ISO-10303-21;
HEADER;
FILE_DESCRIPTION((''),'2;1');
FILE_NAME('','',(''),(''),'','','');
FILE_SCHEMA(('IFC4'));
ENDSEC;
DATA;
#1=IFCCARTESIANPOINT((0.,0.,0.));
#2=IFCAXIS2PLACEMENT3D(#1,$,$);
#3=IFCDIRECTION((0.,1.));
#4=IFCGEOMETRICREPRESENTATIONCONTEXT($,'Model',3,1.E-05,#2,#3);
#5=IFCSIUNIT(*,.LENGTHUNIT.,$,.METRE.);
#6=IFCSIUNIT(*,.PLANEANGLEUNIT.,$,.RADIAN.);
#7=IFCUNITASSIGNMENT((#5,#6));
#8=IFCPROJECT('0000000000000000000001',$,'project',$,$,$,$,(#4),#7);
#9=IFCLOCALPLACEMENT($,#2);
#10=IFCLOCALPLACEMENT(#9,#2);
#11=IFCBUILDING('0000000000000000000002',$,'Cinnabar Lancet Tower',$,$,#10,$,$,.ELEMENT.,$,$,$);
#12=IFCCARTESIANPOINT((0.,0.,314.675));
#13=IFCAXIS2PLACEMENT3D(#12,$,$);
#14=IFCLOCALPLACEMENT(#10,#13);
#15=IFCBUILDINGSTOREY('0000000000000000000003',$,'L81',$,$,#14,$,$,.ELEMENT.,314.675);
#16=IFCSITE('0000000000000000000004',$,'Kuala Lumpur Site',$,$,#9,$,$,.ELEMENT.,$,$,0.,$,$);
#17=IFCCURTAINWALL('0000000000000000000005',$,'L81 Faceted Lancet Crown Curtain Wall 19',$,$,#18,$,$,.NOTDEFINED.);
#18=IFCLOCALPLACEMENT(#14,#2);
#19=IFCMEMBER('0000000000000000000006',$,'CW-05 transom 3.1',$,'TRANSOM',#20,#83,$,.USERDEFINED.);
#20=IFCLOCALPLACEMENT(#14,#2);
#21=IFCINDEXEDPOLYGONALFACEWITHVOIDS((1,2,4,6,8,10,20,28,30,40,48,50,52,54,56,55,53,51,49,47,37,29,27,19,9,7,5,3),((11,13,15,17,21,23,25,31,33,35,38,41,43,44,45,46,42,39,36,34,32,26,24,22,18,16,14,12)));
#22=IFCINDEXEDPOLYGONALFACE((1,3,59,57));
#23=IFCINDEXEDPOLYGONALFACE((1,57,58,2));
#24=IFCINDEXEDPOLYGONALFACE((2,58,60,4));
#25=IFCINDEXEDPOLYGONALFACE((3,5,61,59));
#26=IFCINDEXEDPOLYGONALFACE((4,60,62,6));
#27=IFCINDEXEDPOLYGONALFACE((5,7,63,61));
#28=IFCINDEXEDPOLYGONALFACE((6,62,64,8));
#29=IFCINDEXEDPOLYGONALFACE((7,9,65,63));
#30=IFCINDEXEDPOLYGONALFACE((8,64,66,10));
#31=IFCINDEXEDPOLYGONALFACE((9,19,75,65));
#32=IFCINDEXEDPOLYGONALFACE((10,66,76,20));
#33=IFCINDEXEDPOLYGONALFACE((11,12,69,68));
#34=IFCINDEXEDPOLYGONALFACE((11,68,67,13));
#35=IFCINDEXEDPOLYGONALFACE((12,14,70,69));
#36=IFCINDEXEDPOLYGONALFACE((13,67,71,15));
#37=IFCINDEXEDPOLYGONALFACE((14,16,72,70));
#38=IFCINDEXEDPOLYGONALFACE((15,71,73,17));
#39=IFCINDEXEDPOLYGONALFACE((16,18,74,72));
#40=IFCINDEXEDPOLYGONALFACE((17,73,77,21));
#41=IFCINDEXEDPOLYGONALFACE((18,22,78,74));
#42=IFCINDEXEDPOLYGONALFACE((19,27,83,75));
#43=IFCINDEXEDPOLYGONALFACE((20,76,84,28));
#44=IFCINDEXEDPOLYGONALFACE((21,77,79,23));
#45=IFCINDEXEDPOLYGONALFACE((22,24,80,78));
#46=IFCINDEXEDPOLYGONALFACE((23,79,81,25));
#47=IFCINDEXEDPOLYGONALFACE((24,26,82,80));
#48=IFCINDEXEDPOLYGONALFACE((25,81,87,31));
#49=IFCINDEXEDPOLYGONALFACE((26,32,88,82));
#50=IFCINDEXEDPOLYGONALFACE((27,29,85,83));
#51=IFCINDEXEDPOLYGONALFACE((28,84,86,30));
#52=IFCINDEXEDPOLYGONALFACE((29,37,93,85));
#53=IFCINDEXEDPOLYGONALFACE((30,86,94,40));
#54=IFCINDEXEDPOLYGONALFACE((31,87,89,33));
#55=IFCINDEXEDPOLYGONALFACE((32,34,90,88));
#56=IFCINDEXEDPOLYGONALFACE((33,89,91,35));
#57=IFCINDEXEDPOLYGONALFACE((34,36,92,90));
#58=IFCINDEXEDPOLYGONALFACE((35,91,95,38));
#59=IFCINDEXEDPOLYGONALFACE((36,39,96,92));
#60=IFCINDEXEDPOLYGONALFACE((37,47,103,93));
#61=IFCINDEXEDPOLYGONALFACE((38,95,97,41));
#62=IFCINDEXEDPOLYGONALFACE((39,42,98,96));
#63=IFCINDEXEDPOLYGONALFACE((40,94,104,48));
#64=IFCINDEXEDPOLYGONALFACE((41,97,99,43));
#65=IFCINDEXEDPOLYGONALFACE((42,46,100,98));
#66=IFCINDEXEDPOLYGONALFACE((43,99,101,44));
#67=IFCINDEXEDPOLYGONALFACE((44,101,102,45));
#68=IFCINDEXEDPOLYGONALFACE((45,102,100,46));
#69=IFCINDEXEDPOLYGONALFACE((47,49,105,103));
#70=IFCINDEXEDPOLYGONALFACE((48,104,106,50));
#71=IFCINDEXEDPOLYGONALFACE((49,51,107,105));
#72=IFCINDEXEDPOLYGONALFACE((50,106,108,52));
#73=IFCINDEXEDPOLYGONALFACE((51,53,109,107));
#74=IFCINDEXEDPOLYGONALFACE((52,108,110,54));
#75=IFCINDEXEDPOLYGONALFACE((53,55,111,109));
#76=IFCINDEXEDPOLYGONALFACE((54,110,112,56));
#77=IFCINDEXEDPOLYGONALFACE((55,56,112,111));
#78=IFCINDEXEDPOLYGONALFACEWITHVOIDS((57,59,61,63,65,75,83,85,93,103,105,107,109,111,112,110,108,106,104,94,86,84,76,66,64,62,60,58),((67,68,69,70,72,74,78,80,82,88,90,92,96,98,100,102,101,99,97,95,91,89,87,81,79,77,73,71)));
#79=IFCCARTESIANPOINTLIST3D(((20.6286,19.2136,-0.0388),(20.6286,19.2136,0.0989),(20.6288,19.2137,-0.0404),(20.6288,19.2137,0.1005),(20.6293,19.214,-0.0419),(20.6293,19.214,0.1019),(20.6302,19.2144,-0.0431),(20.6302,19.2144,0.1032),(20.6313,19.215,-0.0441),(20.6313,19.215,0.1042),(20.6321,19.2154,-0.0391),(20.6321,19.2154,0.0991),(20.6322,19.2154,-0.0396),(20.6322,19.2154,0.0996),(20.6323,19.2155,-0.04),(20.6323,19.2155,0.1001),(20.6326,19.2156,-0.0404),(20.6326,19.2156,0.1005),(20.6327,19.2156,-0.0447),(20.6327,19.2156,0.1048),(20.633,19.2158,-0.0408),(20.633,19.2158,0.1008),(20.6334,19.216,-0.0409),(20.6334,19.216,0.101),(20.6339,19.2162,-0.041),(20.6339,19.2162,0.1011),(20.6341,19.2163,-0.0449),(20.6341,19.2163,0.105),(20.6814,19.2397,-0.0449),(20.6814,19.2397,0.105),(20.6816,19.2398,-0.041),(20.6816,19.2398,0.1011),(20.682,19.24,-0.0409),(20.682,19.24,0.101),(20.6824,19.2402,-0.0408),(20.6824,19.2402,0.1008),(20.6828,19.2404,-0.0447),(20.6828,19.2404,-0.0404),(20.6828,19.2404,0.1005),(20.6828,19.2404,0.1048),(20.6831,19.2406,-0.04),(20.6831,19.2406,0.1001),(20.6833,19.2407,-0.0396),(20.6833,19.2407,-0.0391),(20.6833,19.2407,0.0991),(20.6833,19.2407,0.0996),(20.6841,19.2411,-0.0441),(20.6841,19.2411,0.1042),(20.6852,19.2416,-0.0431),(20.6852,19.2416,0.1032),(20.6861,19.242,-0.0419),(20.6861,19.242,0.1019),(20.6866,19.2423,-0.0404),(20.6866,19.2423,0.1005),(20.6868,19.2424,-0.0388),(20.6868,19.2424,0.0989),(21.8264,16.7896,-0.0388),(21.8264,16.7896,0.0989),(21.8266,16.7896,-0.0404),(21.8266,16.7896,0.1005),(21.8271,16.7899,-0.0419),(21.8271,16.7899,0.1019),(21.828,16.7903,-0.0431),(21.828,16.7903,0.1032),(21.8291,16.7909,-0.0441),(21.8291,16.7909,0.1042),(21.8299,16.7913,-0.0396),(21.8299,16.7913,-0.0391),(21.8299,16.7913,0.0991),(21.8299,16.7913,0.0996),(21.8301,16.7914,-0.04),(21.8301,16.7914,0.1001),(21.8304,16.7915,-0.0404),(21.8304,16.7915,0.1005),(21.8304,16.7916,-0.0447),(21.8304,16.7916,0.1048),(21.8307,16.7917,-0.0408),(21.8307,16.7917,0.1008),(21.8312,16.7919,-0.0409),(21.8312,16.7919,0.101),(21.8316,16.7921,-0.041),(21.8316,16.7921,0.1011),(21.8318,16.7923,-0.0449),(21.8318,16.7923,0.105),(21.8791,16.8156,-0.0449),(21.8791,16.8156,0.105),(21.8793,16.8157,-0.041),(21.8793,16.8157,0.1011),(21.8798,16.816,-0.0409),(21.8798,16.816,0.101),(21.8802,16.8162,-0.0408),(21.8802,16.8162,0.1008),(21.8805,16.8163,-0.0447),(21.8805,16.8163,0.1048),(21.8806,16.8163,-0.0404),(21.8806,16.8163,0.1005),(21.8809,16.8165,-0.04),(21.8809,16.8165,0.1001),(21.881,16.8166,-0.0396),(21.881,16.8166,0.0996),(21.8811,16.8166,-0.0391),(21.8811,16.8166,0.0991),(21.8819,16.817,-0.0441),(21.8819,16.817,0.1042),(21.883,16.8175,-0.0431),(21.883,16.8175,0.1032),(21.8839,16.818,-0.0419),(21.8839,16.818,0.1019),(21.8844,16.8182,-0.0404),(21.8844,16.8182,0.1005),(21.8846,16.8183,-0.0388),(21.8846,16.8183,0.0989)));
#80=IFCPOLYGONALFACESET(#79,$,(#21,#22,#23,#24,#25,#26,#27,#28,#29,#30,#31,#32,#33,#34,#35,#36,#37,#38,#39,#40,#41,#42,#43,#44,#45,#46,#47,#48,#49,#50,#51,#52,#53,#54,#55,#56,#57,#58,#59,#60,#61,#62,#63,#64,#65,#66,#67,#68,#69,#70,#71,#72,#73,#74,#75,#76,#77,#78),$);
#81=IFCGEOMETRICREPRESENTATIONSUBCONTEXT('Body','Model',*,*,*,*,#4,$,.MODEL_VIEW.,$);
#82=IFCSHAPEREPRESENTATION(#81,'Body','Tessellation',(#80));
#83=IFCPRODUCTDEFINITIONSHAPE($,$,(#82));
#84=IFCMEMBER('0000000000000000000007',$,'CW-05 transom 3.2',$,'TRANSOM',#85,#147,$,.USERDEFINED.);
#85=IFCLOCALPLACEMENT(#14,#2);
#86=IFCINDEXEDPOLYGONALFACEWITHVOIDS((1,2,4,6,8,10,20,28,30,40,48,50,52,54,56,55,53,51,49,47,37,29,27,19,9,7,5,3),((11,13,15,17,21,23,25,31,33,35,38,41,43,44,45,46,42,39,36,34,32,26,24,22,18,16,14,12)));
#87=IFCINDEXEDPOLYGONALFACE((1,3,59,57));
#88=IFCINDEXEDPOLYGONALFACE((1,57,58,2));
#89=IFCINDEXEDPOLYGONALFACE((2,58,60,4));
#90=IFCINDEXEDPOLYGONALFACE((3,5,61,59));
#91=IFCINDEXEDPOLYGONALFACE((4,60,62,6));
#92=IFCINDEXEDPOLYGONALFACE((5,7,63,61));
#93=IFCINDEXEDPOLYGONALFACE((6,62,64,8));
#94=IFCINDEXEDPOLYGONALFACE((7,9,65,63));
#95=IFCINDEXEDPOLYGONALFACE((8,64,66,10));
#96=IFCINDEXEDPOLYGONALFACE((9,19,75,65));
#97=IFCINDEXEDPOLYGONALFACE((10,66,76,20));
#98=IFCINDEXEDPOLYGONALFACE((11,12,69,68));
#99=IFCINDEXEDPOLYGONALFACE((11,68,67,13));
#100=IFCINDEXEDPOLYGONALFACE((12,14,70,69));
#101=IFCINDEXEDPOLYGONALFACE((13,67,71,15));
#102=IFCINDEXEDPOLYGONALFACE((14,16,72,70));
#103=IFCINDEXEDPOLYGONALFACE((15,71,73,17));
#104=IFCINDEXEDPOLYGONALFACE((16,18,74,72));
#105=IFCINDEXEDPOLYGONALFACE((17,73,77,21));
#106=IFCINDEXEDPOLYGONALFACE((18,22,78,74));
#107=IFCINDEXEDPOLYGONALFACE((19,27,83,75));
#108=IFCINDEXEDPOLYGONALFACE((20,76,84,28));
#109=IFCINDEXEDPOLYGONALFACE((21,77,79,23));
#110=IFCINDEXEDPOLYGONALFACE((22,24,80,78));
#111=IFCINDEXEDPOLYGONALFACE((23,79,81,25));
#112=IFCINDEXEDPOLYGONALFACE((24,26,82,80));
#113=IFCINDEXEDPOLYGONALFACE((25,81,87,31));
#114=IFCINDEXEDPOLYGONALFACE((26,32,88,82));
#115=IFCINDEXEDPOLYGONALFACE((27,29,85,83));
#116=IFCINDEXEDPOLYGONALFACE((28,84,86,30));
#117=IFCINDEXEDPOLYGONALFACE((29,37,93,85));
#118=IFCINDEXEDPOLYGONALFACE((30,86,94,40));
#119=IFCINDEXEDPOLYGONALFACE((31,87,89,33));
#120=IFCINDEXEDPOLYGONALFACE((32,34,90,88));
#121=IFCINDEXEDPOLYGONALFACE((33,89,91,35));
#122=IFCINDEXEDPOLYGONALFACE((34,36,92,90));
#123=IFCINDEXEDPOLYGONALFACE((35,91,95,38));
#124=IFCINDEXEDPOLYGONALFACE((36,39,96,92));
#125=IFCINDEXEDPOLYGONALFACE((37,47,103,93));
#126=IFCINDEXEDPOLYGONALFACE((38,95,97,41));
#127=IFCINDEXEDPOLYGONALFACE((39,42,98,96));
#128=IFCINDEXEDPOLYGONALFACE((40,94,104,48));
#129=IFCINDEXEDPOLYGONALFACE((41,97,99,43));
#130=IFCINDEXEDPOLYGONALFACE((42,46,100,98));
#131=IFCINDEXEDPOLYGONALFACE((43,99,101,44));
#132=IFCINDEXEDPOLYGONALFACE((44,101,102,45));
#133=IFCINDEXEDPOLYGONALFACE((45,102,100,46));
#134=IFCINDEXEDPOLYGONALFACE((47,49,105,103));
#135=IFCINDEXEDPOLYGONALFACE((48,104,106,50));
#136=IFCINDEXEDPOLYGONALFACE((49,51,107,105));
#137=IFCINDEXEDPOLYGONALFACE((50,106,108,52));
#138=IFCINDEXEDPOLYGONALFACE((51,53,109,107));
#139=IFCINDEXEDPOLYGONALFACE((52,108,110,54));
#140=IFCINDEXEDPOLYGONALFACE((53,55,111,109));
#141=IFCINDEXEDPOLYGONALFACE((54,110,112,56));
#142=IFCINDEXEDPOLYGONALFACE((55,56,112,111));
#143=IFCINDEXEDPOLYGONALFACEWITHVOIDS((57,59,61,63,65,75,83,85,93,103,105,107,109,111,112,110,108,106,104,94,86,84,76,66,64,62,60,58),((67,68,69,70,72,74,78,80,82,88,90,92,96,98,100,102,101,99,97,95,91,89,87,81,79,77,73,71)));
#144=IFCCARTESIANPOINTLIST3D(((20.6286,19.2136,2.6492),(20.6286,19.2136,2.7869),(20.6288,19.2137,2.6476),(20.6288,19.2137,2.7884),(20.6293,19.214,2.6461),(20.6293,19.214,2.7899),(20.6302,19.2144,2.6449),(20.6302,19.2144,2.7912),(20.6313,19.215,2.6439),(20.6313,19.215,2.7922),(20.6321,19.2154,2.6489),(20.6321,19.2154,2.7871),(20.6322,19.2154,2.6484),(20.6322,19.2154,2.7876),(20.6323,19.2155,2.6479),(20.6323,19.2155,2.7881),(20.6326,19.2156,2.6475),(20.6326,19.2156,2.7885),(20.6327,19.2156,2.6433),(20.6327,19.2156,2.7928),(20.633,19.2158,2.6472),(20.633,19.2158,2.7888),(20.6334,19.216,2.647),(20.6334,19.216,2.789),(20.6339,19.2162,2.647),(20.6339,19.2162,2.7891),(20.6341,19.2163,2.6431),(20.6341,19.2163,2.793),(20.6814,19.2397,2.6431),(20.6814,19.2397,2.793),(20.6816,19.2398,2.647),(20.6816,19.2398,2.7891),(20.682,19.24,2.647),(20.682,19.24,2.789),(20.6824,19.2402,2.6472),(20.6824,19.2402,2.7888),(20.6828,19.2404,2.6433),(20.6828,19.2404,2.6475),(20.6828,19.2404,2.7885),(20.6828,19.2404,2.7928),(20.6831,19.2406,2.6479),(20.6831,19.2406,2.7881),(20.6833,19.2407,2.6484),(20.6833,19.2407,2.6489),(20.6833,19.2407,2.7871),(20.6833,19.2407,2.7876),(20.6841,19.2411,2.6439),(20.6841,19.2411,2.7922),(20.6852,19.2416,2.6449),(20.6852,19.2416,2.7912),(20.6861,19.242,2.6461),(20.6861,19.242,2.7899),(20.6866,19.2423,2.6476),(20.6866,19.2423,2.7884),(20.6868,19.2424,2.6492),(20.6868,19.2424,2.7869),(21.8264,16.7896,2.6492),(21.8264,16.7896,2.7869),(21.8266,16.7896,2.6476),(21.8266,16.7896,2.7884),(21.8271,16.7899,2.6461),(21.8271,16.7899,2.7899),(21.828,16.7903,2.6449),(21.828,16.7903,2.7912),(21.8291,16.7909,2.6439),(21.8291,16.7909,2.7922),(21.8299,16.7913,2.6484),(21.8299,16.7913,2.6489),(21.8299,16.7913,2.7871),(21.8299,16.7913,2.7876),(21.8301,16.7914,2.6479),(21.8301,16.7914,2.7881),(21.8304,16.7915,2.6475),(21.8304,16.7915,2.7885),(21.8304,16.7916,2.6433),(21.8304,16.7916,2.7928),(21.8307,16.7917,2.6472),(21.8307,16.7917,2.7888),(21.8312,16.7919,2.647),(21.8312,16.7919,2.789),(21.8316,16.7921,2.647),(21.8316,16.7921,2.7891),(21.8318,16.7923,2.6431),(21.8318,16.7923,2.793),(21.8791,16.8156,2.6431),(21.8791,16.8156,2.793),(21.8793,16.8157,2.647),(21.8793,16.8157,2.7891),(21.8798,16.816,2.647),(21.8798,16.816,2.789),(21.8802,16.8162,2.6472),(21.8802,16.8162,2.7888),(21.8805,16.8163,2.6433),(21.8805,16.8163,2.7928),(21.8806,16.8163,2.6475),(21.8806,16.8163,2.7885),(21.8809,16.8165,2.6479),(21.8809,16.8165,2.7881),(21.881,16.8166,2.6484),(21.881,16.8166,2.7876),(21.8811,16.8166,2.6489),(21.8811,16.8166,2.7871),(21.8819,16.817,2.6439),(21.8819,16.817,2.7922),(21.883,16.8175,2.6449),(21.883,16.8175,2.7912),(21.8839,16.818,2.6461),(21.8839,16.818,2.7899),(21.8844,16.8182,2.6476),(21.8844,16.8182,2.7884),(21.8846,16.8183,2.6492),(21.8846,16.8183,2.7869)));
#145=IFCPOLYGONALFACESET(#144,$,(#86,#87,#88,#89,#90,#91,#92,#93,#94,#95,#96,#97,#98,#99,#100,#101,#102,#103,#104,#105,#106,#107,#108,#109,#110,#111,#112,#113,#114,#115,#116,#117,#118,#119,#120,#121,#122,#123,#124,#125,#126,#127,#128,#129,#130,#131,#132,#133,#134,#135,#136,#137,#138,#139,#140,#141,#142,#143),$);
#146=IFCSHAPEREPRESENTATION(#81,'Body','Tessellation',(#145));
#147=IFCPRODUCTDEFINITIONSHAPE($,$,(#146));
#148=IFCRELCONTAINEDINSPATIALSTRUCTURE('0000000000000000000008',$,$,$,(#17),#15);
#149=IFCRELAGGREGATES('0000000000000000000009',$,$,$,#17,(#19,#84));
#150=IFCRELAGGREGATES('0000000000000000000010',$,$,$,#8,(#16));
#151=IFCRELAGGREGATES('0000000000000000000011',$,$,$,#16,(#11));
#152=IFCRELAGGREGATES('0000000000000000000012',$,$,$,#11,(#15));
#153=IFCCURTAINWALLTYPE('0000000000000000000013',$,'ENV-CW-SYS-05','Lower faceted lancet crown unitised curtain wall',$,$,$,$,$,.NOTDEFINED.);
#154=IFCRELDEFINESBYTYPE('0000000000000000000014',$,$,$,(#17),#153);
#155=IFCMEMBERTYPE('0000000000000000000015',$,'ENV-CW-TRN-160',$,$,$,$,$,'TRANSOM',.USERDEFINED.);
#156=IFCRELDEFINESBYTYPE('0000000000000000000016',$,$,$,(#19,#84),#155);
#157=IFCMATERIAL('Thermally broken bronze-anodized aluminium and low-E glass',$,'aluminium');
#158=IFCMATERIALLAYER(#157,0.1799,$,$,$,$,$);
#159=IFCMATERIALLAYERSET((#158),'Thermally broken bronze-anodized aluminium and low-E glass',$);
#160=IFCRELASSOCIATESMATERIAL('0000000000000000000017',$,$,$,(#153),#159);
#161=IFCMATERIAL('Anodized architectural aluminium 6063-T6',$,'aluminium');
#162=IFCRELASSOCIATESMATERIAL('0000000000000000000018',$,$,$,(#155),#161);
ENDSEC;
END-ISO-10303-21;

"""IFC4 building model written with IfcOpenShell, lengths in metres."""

from ifc_helpers import new_model, si_unit, direction, frame, origin, origin_2d, place, context, subcontext, project, spatial, hollow_rectangle, extrude, material, layer, layer_set, material_profile, profile_set, type_object, element, aggregate, save


model = new_model("IFC4")

# Units and contexts
model_context = context("Model", 3, precision=1e-05, world=origin(), true_north=direction((0.0, 1.0)))
body_context = subcontext(model_context, "Body", "Model", "MODEL_VIEW")
ifc_project = project(units=[si_unit("LENGTHUNIT", "METRE"), si_unit("PLANEANGLEUNIT", "RADIAN")], contexts=[model_context])

# Site, building, storey
site_placement = place(None, origin())
site = spatial("IfcSite", under=ifc_project, at=site_placement, Name="Kuala Lumpur Site", CompositionType="ELEMENT", RefElevation=0.0)
building_placement = place(site_placement, origin())
building = spatial("IfcBuilding", under=site, at=building_placement, Name="Cinnabar Lancet Tower", CompositionType="ELEMENT")
storey_placement = place(building_placement, frame((0.0, 0.0, 314.675)))
storey = spatial("IfcBuildingStorey", under=building, at=storey_placement, Name="L81", CompositionType="ELEMENT", Elevation=314.675)

# Curtain wall
ifc_material_1 = material(Name="Thermally broken bronze-anodized aluminium and low-E glass", Category="aluminium")
ifc_layer_1 = layer(ifc_material_1, 0.1799)
ifc_layer_set_1 = layer_set([ifc_layer_1], Name="Thermally broken bronze-anodized aluminium and low-E glass")
curtain_wall_type = type_object("IfcCurtainWallType", Name="ENV-CW-SYS-05", Description="Lower faceted lancet crown unitised curtain wall", PredefinedType="NOTDEFINED", material=ifc_layer_set_1)
curtain_wall_1_placement = place(storey_placement, origin())
curtain_wall_1 = element("IfcCurtainWall", 1, at=curtain_wall_1_placement, inside=storey, type_object=curtain_wall_type, Name="L81 Faceted Lancet Crown Curtain Wall 19", PredefinedType="NOTDEFINED")

# Members
ifc_material_2 = material(Name="Anodized architectural aluminium 6063-T6", Category="aluminium")
ifc_material_profile_1 = material_profile(ifc_material_2, hollow_rectangle(XDim=0.0649, YDim=0.1499, WallThickness=0.0039, InnerFilletRadius=0.002, OuterFilletRadius=0.0061, at=origin_2d()), Name="CW-TRN 150x65x4")
ifc_profile_set_1 = profile_set([ifc_material_profile_1], Name="Anodized architectural aluminium 6063-T6")
member_type_1 = type_object("IfcMemberType", Name="ENV-CW-TRN-160", ElementType="TRANSOM", PredefinedType="USERDEFINED", material=ifc_profile_set_1)
member_1_placement = place(storey_placement, frame((20.6577, 19.228, 0.03), z_axis=(0.442983, -0.89653, 0.0), x_axis=(0.89653, 0.442983, 0.0)))
member_1 = element("IfcMember", 2, at=member_1_placement, type_object=member_type_1, Name="CW-05 transom 3.1", ObjectType="TRANSOM", PredefinedType="USERDEFINED", context=body_context, shape_type="SweptSolid", body=[
    extrude(hollow_rectangle(XDim=0.0649, YDim=0.1499, WallThickness=0.0039, InnerFilletRadius=0.002, OuterFilletRadius=0.0061, at=origin_2d()), origin(), (0.0, 0.0, 1.0), 2.7039),
])
member_2_placement = place(storey_placement, frame((20.6577, 19.228, 2.718), z_axis=(0.442983, -0.89653, 0.0), x_axis=(0.89653, 0.442983, 0.0)))
member_2 = element("IfcMember", 3, at=member_2_placement, type_object=member_type_1, Name="CW-05 transom 3.2", ObjectType="TRANSOM", PredefinedType="USERDEFINED", context=body_context, shape_type="SweptSolid", body=[
    extrude(hollow_rectangle(XDim=0.0649, YDim=0.1499, WallThickness=0.0039, InnerFilletRadius=0.002, OuterFilletRadius=0.0061, at=origin_2d()), origin(), (0.0, 0.0, 1.0), 2.7039),
])

aggregate(curtain_wall_1, [member_1, member_2])

save(model, "model.ifc")
